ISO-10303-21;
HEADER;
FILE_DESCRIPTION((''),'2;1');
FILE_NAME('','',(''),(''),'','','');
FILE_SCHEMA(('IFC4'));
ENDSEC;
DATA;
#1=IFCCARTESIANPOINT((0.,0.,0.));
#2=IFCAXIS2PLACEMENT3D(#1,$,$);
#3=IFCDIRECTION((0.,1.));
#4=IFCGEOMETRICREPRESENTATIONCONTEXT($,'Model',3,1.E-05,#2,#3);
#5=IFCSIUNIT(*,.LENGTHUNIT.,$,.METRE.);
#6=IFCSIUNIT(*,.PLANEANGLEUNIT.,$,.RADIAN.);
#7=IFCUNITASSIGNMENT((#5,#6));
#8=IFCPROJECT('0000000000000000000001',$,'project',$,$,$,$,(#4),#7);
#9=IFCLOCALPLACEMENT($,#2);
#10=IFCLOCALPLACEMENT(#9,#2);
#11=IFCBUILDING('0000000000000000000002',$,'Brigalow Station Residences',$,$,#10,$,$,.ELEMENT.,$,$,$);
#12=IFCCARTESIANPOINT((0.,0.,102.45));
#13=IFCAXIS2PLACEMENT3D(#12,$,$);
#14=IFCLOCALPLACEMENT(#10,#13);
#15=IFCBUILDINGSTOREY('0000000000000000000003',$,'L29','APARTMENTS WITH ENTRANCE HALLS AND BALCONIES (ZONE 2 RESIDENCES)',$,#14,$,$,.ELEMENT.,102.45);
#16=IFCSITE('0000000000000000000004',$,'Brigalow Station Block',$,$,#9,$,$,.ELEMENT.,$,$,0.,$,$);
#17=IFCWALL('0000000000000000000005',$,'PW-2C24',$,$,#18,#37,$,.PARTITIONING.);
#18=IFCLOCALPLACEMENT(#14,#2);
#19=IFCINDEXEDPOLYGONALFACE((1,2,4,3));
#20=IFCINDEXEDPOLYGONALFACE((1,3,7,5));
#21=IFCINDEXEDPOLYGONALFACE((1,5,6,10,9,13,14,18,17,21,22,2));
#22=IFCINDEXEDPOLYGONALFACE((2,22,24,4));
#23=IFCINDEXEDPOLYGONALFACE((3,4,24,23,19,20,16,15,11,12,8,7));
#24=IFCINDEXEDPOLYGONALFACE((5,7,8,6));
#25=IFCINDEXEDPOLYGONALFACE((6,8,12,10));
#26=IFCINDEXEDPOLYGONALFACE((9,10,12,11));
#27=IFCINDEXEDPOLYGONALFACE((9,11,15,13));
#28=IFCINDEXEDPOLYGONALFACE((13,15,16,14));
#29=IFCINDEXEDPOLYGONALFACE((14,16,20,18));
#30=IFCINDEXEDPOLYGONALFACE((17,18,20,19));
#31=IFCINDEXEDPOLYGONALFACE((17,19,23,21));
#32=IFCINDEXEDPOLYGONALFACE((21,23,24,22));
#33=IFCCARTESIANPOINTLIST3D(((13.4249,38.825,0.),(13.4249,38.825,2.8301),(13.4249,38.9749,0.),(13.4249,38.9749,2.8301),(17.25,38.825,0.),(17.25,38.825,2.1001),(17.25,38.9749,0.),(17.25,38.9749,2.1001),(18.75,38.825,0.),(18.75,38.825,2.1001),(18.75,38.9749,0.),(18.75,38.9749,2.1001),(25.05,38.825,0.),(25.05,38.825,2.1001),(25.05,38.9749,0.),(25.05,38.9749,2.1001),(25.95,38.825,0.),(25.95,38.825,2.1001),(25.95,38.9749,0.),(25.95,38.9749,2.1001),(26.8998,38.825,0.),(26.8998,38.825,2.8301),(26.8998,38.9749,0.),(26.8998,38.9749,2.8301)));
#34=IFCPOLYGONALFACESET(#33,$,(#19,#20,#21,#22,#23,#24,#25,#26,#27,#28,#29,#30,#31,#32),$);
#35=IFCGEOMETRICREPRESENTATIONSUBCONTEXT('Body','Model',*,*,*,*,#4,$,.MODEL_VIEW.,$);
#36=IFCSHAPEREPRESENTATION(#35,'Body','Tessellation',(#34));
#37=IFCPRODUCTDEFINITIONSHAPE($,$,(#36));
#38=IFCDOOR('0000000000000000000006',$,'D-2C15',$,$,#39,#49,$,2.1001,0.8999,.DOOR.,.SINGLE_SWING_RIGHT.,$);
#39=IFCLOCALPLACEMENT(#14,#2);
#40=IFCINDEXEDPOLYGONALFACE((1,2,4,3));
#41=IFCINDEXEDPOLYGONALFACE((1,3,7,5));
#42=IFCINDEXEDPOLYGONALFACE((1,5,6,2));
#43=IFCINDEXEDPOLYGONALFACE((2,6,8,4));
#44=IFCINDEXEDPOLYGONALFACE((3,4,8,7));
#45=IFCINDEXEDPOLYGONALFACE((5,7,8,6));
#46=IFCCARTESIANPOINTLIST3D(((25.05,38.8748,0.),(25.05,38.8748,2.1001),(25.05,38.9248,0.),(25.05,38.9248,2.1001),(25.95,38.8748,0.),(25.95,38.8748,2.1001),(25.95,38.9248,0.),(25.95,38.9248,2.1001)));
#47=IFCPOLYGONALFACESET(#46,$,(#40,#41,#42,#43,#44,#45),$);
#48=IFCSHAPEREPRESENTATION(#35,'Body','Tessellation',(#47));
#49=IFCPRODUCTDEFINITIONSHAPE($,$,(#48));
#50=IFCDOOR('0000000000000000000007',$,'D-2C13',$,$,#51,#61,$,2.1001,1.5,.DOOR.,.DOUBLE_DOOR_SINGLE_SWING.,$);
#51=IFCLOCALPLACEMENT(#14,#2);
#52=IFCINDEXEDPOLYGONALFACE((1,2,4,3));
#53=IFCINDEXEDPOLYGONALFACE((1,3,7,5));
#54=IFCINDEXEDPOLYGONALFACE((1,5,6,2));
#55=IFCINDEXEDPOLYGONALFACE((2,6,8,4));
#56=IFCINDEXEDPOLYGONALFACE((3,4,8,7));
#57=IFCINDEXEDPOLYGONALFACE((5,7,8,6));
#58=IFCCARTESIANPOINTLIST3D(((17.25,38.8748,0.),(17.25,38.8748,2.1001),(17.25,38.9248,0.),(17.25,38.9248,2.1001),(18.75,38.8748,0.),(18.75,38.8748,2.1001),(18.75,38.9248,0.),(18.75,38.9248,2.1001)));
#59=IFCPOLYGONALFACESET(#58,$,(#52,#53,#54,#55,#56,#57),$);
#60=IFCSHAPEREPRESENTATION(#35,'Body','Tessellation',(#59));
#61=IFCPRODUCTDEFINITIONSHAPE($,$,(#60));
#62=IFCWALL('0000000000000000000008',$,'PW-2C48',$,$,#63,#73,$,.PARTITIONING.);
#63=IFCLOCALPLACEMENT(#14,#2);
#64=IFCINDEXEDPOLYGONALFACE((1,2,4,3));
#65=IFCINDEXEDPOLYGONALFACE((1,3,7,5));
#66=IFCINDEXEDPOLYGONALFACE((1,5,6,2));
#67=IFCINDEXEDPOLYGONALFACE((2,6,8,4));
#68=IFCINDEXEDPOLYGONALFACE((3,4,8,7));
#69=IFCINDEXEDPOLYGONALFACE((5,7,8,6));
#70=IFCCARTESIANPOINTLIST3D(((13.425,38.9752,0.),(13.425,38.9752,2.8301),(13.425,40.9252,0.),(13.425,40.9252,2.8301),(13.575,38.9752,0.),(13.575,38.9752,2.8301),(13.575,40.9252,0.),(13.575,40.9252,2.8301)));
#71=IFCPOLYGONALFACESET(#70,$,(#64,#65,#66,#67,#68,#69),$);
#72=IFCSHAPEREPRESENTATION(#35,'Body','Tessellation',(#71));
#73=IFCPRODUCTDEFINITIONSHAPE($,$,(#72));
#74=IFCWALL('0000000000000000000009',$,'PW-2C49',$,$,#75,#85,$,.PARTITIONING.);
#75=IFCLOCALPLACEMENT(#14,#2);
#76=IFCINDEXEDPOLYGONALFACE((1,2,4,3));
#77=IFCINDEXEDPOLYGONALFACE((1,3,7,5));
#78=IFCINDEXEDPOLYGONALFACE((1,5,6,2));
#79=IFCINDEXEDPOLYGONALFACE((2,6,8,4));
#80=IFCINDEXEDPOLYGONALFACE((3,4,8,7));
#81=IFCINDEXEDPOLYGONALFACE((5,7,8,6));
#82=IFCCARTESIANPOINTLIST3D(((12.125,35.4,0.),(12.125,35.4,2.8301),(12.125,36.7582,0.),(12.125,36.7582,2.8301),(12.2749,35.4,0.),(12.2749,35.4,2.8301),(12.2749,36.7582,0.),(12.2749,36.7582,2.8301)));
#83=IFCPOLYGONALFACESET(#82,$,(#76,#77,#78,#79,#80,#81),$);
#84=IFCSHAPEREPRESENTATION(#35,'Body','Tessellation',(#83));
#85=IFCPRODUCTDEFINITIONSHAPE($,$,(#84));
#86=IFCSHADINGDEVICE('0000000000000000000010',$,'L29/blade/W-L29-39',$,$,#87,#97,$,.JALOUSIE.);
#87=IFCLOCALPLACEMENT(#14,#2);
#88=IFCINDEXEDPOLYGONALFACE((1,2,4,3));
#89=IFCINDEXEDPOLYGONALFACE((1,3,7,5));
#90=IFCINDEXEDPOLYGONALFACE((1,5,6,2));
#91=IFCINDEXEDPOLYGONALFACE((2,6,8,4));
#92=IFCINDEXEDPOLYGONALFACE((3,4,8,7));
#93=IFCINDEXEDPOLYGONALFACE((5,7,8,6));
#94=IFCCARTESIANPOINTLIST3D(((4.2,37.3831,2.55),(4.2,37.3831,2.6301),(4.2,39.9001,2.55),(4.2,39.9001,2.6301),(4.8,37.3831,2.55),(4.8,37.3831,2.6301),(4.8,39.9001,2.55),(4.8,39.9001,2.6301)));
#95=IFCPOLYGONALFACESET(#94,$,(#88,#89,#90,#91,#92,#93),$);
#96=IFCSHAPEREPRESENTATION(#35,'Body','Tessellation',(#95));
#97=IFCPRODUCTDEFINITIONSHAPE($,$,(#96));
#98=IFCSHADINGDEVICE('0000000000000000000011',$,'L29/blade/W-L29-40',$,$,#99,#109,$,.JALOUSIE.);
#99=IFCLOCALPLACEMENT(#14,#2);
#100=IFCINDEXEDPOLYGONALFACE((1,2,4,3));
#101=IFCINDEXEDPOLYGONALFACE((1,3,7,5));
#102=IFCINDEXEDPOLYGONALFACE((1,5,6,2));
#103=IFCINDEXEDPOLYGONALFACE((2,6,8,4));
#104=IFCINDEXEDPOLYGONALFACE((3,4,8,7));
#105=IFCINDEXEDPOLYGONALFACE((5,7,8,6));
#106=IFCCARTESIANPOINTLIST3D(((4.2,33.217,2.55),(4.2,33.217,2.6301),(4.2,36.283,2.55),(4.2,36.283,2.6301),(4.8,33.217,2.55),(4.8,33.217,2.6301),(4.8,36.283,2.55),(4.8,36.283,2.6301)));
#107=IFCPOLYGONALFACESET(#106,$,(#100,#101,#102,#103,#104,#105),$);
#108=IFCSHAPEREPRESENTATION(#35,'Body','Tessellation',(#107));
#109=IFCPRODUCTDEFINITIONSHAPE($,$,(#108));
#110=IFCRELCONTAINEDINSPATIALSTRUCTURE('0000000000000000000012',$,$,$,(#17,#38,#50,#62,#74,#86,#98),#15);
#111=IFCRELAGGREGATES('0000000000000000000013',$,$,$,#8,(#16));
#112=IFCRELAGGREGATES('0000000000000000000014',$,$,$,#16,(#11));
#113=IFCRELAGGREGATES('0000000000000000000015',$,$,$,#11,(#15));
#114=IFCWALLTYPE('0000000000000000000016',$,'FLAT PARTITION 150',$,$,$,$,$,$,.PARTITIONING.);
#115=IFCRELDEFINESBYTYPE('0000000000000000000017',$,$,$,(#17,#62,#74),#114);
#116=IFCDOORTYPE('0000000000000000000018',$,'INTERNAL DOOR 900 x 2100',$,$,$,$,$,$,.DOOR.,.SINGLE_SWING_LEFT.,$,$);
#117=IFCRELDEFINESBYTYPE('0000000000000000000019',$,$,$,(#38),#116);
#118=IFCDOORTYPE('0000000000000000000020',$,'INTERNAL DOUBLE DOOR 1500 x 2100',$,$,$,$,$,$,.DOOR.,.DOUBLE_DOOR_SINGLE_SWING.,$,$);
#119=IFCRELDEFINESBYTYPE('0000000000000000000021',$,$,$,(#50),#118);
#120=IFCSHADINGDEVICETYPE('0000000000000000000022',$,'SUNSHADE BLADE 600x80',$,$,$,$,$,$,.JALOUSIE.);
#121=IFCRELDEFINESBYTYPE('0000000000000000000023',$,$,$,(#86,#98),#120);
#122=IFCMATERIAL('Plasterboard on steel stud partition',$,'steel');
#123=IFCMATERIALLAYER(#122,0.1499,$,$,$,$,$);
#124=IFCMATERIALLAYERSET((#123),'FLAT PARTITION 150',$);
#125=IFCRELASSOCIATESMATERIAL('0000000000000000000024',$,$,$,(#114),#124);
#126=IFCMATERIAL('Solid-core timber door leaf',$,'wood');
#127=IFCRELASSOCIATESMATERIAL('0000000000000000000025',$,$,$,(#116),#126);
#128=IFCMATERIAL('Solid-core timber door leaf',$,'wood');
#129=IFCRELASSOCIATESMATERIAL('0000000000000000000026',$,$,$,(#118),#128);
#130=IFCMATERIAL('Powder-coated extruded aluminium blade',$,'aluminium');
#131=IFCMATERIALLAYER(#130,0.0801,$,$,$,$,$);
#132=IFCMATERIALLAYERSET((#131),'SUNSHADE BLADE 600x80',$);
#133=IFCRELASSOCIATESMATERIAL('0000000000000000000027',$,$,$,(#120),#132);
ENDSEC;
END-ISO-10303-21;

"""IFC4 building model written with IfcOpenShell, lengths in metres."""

from ifc_helpers import new_model, si_unit, direction, frame, frame_2d, origin, origin_2d, place, context, subcontext, project, spatial, rectangle, extrude, material, layer, layer_set, type_object, element, fill, save


model = new_model("IFC4")

# Units and contexts
model_context = context("Model", 3, precision=1e-05, world=origin(), true_north=direction((0.0, 1.0)))
body_context = subcontext(model_context, "Body", "Model", "MODEL_VIEW")
ifc_project = project(units=[si_unit("LENGTHUNIT", "METRE"), si_unit("PLANEANGLEUNIT", "RADIAN")], contexts=[model_context])

# Site, building, storey
site_placement = place(None, origin())
site = spatial("IfcSite", under=ifc_project, at=site_placement, Name="Brigalow Station Block", CompositionType="ELEMENT", RefElevation=0.0)
building_placement = place(site_placement, origin())
building = spatial("IfcBuilding", under=site, at=building_placement, Name="Brigalow Station Residences", CompositionType="ELEMENT")
storey_placement = place(building_placement, frame((0.0, 0.0, 102.45)))
storey = spatial("IfcBuildingStorey", under=building, at=storey_placement, Name="L29", Description="APARTMENTS WITH ENTRANCE HALLS AND BALCONIES (ZONE 2 RESIDENCES)", CompositionType="ELEMENT", Elevation=102.45)

# Shared definitions
ifc_material_1 = material(Name="Plasterboard on steel stud partition", Category="steel")
ifc_layer_1 = layer(ifc_material_1, 0.1499)
ifc_layer_set_1 = layer_set([ifc_layer_1], Name="FLAT PARTITION 150")
wall_type_1 = type_object("IfcWallType", Name="FLAT PARTITION 150", PredefinedType="PARTITIONING", material=ifc_layer_set_1)
ifc_material_2 = material(Name="Solid-core timber door leaf", Category="wood")
door_type_1 = type_object("IfcDoorType", Name="INTERNAL DOOR 900 x 2100", OperationType="SINGLE_SWING_LEFT", PredefinedType="DOOR", material=ifc_material_2)

# Wall, openings, doors
wall_1_placement = place(storey_placement, frame((13.425, 38.8999, 0.0), z_axis=(0.0, 0.0, 1.0), x_axis=(1.0, 0.0, 0.0)))
wall_1 = element("IfcWall", 1, at=wall_1_placement, inside=storey, type_object=wall_type_1, Name="PW-2C24", PredefinedType="PARTITIONING", context=body_context, shape_type="SweptSolid", body=[
    extrude(rectangle(XDim=13.4749, YDim=0.1499, at=frame_2d((6.7373, 0.0))), origin(), (0.0, 0.0, 1.0), 2.8301),
])
opening_1_placement = place(wall_1_placement, frame((3.825, 0.0, 0.0)))
opening_1 = element("IfcOpeningElement", 2, at=opening_1_placement, cuts=wall_1, PredefinedType="OPENING", context=body_context, shape_type="SweptSolid", body=[
    extrude(rectangle(XDim=1.5, YDim=2.1001, at=frame_2d((0.75, 1.05))), frame((0.0, 0.085, 0.0), z_axis=(0.0, -1.0, 0.0), x_axis=(1.0, 0.0, 0.0)), (0.0, 0.0, 1.0), 0.1699),
])
opening_2_placement = place(wall_1_placement, frame((11.625, 0.0, 0.0)))
opening_2 = element("IfcOpeningElement", 3, at=opening_2_placement, cuts=wall_1, PredefinedType="OPENING", context=body_context, shape_type="SweptSolid", body=[
    extrude(rectangle(XDim=0.8999, YDim=2.1001, at=frame_2d((0.45, 1.05))), frame((0.0, 0.085, 0.0), z_axis=(0.0, -1.0, 0.0), x_axis=(1.0, 0.0, 0.0)), (0.0, 0.0, 1.0), 0.1699),
])
door_1_placement = place(opening_2_placement, origin())
door_1 = element("IfcDoor", 4, at=door_1_placement, inside=storey, type_object=door_type_1, Name="D-2C15", OperationType="SINGLE_SWING_RIGHT", OverallHeight=2.1001, OverallWidth=0.8999, PredefinedType="DOOR", context=body_context, shape_type="SweptSolid", body=[
    extrude(rectangle(XDim=0.8999, YDim=2.1001, at=frame_2d((0.45, 1.05))), frame((0.0, 0.0249, 0.0), z_axis=(0.0, -1.0, 0.0), x_axis=(1.0, 0.0, 0.0)), (0.0, 0.0, 1.0), 0.05),
])
fill(opening_2, door_1)
ifc_material_3 = material(Name="Solid-core timber door leaf", Category="wood")
door_type_2 = type_object("IfcDoorType", Name="INTERNAL DOUBLE DOOR 1500 x 2100", OperationType="DOUBLE_DOOR_SINGLE_SWING", PredefinedType="DOOR", material=ifc_material_3)
door_2_placement = place(opening_1_placement, origin())
door_2 = element("IfcDoor", 5, at=door_2_placement, inside=storey, type_object=door_type_2, Name="D-2C13", OperationType="DOUBLE_DOOR_SINGLE_SWING", OverallHeight=2.1001, OverallWidth=1.5, PredefinedType="DOOR", context=body_context, shape_type="SweptSolid", body=[
    extrude(rectangle(XDim=1.5, YDim=2.1001, at=frame_2d((0.75, 1.05))), frame((0.0, 0.0249, 0.0), z_axis=(0.0, -1.0, 0.0), x_axis=(1.0, 0.0, 0.0)), (0.0, 0.0, 1.0), 0.05),
])
fill(opening_1, door_2)

# Walls
wall_2_placement = place(storey_placement, frame((13.5, 38.9751, 0.0), z_axis=(0.0, 0.0, 1.0), x_axis=(0.0, 1.0, 0.0)))
element("IfcWall", 6, at=wall_2_placement, inside=storey, type_object=wall_type_1, Name="PW-2C48", PredefinedType="PARTITIONING", context=body_context, shape_type="SweptSolid", body=[
    extrude(rectangle(XDim=1.95, YDim=0.1499, at=frame_2d((0.9751, 0.0))), origin(), (0.0, 0.0, 1.0), 2.8301),
])
wall_3_placement = place(storey_placement, frame((12.2, 35.3999, 0.0), z_axis=(0.0, 0.0, 1.0), x_axis=(0.0, 1.0, 0.0)))
element("IfcWall", 7, at=wall_3_placement, inside=storey, type_object=wall_type_1, Name="PW-2C49", PredefinedType="PARTITIONING", context=body_context, shape_type="SweptSolid", body=[
    extrude(rectangle(XDim=1.3582, YDim=0.1499, at=frame_2d((0.6792, 0.0))), origin(), (0.0, 0.0, 1.0), 2.8301),
])

# Shading devices
ifc_material_4 = material(Name="Powder-coated extruded aluminium blade", Category="aluminium")
ifc_layer_2 = layer(ifc_material_4, 0.0801)
ifc_layer_set_2 = layer_set([ifc_layer_2], Name="SUNSHADE BLADE 600x80")
shading_device_type = type_object("IfcShadingDeviceType", Name="SUNSHADE BLADE 600x80", PredefinedType="JALOUSIE", material=ifc_layer_set_2)
shading_device_1_placement = place(storey_placement, frame((4.5, 38.6416, 2.55), z_axis=(0.0, 0.0, 1.0), x_axis=(0.0, -1.0, 0.0)))
element("IfcShadingDevice", 8, at=shading_device_1_placement, inside=storey, type_object=shading_device_type, Name="L29/blade/W-L29-39", PredefinedType="JALOUSIE", context=body_context, shape_type="SweptSolid", body=[
    extrude(rectangle(XDim=2.5171, YDim=0.6001, at=origin_2d()), origin(), (0.0, 0.0, 1.0), 0.0801),
])
shading_device_2_placement = place(storey_placement, frame((4.5, 34.75, 2.55), z_axis=(0.0, 0.0, 1.0), x_axis=(0.0, -1.0, 0.0)))
element("IfcShadingDevice", 9, at=shading_device_2_placement, inside=storey, type_object=shading_device_type, Name="L29/blade/W-L29-40", PredefinedType="JALOUSIE", context=body_context, shape_type="SweptSolid", body=[
    extrude(rectangle(XDim=3.0659, YDim=0.6001, at=origin_2d()), origin(), (0.0, 0.0, 1.0), 0.0801),
])

save(model, "model.ifc")
